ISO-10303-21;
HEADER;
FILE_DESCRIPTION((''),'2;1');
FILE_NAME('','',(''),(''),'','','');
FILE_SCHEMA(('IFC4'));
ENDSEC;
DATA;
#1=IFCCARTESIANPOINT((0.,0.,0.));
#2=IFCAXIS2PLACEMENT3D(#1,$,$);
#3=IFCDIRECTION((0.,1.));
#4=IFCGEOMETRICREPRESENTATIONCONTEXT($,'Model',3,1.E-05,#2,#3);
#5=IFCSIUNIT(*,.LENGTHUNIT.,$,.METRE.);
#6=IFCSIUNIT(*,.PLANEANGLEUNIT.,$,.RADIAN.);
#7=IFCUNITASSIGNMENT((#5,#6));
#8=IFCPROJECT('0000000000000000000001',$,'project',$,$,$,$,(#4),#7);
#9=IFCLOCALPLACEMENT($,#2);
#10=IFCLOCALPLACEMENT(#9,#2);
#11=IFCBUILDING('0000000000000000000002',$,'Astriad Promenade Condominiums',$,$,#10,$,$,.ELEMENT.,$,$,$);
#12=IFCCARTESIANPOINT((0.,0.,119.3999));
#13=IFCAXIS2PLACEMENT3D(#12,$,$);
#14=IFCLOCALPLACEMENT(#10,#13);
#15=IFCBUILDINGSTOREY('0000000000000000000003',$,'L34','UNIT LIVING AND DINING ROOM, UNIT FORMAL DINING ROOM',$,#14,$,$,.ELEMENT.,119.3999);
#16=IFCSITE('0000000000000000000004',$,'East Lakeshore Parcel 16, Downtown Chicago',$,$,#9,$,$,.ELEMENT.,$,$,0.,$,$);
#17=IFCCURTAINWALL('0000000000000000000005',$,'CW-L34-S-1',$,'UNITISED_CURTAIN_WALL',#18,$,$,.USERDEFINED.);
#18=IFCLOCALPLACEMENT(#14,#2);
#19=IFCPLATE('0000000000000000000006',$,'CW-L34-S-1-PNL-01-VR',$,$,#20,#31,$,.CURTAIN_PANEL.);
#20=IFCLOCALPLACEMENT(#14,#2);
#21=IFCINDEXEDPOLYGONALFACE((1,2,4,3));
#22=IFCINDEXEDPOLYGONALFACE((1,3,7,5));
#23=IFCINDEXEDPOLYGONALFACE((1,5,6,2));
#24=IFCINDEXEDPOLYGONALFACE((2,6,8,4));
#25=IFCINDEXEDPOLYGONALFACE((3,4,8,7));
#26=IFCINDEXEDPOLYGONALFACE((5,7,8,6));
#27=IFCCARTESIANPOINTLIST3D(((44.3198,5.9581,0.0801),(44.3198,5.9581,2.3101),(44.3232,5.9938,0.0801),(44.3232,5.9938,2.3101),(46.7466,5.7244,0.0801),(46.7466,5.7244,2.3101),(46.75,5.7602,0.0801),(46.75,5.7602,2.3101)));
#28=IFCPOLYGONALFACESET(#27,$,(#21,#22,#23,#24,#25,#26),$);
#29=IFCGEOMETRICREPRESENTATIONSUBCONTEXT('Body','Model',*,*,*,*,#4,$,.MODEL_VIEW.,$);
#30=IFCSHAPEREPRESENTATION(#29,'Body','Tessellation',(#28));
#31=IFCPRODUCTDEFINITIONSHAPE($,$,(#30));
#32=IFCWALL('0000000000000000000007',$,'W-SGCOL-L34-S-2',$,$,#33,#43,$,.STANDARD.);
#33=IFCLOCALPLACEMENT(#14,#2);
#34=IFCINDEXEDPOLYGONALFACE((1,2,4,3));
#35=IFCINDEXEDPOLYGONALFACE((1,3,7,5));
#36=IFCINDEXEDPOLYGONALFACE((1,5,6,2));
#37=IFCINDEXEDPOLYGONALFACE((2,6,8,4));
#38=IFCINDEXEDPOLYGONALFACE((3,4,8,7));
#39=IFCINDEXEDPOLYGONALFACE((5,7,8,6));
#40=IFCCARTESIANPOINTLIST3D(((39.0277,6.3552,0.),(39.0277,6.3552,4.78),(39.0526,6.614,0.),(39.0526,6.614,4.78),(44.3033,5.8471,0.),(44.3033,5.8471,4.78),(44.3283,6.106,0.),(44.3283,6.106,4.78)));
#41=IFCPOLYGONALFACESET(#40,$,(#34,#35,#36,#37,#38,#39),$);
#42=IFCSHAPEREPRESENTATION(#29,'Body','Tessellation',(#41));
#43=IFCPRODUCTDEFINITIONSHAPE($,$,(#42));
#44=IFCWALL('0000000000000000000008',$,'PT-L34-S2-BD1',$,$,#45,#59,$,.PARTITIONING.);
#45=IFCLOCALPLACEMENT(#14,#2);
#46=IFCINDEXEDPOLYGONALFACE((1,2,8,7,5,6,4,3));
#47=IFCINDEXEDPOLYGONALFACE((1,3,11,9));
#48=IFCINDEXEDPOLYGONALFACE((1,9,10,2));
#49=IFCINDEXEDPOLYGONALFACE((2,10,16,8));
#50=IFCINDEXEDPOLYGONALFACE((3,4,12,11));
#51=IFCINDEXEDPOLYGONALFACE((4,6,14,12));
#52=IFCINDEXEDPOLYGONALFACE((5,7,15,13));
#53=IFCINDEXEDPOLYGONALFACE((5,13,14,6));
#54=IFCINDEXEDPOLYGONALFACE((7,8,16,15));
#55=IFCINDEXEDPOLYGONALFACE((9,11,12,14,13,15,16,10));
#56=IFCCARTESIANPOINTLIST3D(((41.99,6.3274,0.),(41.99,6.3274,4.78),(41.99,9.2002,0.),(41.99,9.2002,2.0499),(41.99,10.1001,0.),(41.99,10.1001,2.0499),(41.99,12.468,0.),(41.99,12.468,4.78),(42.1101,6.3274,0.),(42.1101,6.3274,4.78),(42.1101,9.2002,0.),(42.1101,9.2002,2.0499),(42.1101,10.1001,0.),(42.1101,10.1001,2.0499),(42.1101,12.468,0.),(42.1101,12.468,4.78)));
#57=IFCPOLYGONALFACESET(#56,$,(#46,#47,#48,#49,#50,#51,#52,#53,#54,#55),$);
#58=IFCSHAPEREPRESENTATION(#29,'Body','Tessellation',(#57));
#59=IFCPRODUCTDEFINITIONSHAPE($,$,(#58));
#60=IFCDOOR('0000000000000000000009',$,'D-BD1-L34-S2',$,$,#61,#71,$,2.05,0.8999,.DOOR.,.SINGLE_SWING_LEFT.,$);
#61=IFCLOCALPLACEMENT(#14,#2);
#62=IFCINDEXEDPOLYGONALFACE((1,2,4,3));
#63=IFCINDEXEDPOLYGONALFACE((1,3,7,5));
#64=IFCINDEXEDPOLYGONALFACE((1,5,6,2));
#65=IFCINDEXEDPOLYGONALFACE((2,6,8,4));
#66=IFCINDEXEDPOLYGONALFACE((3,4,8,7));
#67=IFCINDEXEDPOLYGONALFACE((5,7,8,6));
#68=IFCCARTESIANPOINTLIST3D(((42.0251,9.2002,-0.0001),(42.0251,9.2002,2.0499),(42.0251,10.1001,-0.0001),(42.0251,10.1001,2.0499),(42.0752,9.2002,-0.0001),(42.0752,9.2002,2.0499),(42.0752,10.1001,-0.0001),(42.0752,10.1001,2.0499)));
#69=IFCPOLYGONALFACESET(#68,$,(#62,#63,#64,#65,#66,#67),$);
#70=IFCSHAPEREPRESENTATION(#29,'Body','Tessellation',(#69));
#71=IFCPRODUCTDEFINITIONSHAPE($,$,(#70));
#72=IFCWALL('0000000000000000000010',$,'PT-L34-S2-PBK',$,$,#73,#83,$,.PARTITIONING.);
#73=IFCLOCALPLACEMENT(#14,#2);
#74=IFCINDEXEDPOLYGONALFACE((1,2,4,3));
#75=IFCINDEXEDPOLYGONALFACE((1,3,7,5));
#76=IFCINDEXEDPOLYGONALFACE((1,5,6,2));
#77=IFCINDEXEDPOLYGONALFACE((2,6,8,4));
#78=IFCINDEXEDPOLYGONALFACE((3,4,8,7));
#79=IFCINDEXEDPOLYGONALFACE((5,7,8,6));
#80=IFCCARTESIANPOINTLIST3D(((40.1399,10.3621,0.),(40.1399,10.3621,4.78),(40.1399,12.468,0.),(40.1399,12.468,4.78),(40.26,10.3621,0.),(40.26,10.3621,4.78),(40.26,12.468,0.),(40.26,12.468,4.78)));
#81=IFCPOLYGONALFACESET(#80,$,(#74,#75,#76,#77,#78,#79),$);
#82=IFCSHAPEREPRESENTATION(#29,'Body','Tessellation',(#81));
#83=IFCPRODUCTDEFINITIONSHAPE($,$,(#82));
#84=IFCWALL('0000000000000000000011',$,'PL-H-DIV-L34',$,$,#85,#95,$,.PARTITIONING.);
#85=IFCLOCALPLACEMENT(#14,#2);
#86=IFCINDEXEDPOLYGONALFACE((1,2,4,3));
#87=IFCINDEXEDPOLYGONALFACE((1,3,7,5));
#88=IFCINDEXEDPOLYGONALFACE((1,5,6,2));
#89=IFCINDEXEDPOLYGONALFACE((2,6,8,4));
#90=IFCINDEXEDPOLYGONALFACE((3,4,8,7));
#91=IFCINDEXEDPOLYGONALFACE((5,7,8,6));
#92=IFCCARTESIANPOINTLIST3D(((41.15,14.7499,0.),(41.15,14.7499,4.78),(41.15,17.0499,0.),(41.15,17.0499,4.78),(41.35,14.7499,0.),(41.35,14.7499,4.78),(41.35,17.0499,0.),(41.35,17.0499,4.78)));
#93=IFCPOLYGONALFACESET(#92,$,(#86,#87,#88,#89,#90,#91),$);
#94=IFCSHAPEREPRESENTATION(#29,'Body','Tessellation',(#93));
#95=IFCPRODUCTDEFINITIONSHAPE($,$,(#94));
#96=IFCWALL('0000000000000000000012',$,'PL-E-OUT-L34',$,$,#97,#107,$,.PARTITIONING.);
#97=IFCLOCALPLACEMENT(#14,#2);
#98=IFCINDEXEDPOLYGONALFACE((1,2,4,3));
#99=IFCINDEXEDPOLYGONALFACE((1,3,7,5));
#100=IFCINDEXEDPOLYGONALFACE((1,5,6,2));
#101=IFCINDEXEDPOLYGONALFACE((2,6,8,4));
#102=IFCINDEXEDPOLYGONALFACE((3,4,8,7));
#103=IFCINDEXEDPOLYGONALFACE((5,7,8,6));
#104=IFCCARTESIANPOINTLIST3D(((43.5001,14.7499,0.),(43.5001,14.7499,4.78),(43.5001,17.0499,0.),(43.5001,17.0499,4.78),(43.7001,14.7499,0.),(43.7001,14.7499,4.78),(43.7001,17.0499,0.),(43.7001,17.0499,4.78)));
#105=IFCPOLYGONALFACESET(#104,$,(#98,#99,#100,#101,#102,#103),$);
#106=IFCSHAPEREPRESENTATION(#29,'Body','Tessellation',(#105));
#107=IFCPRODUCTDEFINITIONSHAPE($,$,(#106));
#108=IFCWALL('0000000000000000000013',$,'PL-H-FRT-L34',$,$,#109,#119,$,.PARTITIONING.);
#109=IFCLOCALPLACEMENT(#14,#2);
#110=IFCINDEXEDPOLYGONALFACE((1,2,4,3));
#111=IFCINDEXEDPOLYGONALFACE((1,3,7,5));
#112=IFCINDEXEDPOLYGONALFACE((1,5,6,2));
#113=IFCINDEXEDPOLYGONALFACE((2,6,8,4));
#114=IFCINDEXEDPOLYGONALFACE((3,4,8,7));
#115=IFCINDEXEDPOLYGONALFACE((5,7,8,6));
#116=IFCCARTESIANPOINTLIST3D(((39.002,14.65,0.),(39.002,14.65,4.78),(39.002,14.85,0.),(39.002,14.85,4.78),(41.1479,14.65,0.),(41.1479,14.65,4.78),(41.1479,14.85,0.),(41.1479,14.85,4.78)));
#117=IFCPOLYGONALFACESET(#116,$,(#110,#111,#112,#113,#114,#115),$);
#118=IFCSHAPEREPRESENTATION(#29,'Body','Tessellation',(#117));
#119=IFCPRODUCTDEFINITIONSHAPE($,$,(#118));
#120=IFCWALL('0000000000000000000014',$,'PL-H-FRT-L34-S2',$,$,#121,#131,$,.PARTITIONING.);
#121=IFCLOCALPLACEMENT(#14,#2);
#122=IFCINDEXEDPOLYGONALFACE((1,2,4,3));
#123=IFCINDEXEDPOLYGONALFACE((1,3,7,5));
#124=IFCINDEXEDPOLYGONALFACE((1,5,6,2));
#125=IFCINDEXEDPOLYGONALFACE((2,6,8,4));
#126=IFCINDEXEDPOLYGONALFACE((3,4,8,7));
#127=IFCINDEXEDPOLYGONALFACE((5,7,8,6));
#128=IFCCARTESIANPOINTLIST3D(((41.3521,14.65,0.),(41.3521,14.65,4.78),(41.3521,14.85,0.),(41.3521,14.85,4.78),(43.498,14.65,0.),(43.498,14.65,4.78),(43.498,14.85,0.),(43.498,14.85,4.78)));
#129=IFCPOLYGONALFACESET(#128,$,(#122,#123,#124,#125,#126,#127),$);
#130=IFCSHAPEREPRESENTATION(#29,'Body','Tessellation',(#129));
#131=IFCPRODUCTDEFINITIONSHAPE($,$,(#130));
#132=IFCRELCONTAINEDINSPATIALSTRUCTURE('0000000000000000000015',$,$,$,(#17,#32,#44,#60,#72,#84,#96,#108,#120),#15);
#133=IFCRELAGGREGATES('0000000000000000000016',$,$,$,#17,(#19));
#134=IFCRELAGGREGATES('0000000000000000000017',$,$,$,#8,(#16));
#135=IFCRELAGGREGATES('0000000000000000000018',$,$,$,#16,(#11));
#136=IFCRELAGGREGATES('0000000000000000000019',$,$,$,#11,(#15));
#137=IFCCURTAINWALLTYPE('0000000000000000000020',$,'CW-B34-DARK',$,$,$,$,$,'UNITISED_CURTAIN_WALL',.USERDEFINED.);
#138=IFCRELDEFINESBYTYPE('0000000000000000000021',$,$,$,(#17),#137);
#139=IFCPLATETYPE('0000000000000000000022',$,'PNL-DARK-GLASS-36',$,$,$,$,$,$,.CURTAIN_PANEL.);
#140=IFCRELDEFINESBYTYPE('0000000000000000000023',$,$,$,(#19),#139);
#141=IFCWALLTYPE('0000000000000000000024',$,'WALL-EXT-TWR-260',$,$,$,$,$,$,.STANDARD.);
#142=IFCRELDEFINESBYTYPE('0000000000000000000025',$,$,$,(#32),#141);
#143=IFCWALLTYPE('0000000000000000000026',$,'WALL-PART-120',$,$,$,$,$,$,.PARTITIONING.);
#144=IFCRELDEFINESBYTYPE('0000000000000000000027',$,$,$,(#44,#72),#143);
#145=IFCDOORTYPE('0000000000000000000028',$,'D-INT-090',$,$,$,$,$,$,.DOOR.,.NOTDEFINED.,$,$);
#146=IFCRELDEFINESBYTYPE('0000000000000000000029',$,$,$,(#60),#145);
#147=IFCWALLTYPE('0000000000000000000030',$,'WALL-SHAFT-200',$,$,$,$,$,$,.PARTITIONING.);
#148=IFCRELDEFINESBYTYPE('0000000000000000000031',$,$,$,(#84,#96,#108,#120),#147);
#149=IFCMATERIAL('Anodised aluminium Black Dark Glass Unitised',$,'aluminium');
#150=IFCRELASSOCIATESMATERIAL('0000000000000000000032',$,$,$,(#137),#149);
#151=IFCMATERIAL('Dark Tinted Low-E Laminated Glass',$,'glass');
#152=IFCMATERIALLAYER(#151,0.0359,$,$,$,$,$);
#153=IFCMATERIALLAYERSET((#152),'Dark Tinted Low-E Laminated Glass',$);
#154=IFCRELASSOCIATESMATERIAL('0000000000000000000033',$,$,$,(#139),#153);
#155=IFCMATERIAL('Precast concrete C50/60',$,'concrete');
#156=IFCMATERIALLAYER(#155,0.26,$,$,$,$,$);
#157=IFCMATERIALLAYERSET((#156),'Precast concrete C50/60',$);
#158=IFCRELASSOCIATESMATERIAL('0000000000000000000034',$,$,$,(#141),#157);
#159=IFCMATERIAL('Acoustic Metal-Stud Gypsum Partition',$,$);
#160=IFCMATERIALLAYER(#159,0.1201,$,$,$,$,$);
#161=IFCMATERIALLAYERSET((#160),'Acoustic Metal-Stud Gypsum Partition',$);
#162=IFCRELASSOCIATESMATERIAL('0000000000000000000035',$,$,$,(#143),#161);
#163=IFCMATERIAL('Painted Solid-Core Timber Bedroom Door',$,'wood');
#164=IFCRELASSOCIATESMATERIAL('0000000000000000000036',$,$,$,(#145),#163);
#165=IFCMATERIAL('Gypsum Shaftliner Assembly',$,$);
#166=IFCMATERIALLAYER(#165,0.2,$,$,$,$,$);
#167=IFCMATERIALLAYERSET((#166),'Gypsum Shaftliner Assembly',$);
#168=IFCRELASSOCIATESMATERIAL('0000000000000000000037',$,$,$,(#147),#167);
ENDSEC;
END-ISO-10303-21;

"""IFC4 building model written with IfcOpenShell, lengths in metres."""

from ifc_helpers import new_model, si_unit, direction, frame, frame_2d, origin, origin_2d, place, context, subcontext, project, spatial, rectangle, extrude, source, transform, mapped, material, layer, layer_set, type_object, type_shapes, element, fill, aggregate, save


model = new_model("IFC4")

# Units and contexts
model_context = context("Model", 3, precision=1e-05, world=origin(), true_north=direction((0.0, 1.0)))
body_context = subcontext(model_context, "Body", "Model", "MODEL_VIEW")
ifc_project = project(units=[si_unit("LENGTHUNIT", "METRE"), si_unit("PLANEANGLEUNIT", "RADIAN")], contexts=[model_context])

# Site, building, storey
site_placement = place(None, origin())
site = spatial("IfcSite", under=ifc_project, at=site_placement, Name="East Lakeshore Parcel 16, Downtown Chicago", CompositionType="ELEMENT", RefElevation=0.0)
building_placement = place(site_placement, origin())
building = spatial("IfcBuilding", under=site, at=building_placement, Name="Astriad Promenade Condominiums", CompositionType="ELEMENT")
storey_placement = place(building_placement, frame((0.0, 0.0, 119.3999)))
storey = spatial("IfcBuildingStorey", under=building, at=storey_placement, Name="L34", Description="UNIT LIVING AND DINING ROOM, UNIT FORMAL DINING ROOM", CompositionType="ELEMENT", Elevation=119.3999)

# Curtain wall
ifc_material_1 = material(Name="Anodised aluminium Black Dark Glass Unitised", Category="aluminium")
curtain_wall_type = type_object("IfcCurtainWallType", Name="CW-B34-DARK", ElementType="UNITISED_CURTAIN_WALL", PredefinedType="USERDEFINED", material=ifc_material_1)
curtain_wall_1_placement = place(storey_placement, origin())
curtain_wall_1 = element("IfcCurtainWall", 1, at=curtain_wall_1_placement, inside=storey, type_object=curtain_wall_type, Name="CW-L34-S-1", ObjectType="UNITISED_CURTAIN_WALL", PredefinedType="USERDEFINED")

# Plate
ifc_material_2 = material(Name="Dark Tinted Low-E Laminated Glass", Category="glass")
ifc_layer_1 = layer(ifc_material_2, 0.0359)
ifc_layer_set_1 = layer_set([ifc_layer_1], Name="Dark Tinted Low-E Laminated Glass")
plate_type_1 = type_object("IfcPlateType", Name="PNL-DARK-GLASS-36", PredefinedType="CURTAIN_PANEL", material=ifc_layer_set_1)
shared_shape_1 = source(origin(), body_context, "Body", "SweptSolid", [
    extrude(rectangle(XDim=2.438, YDim=0.0359, at=origin_2d()), origin(), (0.0, 0.0, 1.0), 2.23),
])
type_shapes(plate_type_1, [shared_shape_1])
plate_placement = place(storey_placement, frame((45.5349, 5.8591, 0.0801), z_axis=(0.0, 0.0, 1.0), x_axis=(-0.995396, 0.095846, 0.0)))
plate = element("IfcPlate", 2, at=plate_placement, type_object=plate_type_1, Name="CW-L34-S-1-PNL-01-VR", PredefinedType="CURTAIN_PANEL", context=body_context, shape_type="MappedRepresentation", body=[
    mapped(shared_shape_1, transform((0.0, 0.0, 0.0), scale=1.0)),
])
aggregate(curtain_wall_1, [plate])

# Wall
ifc_material_3 = material(Name="Precast concrete C50/60", Category="concrete")
ifc_layer_2 = layer(ifc_material_3, 0.26)
ifc_layer_set_2 = layer_set([ifc_layer_2], Name="Precast concrete C50/60")
wall_type_1 = type_object("IfcWallType", Name="WALL-EXT-TWR-260", PredefinedType="STANDARD", material=ifc_layer_set_2)
wall_1_placement = place(storey_placement, frame((44.3157, 5.9766, 0.0), z_axis=(0.0, 0.0, 1.0), x_axis=(-0.995395, 0.095859, 0.0)))
element("IfcWall", 3, at=wall_1_placement, inside=storey, type_object=wall_type_1, Name="W-SGCOL-L34-S-2", PredefinedType="STANDARD", context=body_context, shape_type="SweptSolid", body=[
    extrude(rectangle(XDim=5.3, YDim=0.26, at=frame_2d((2.6499, 0.0))), origin(), (0.0, 0.0, 1.0), 4.78),
])

# Wall, opening, door
ifc_material_4 = material(Name="Acoustic Metal-Stud Gypsum Partition")
ifc_layer_3 = layer(ifc_material_4, 0.1201)
ifc_layer_set_3 = layer_set([ifc_layer_3], Name="Acoustic Metal-Stud Gypsum Partition")
wall_type_2 = type_object("IfcWallType", Name="WALL-PART-120", PredefinedType="PARTITIONING", material=ifc_layer_set_3)
wall_2_placement = place(storey_placement, frame((42.05, 6.3274, 0.0), z_axis=(0.0, 0.0, 1.0), x_axis=(0.0, 1.0, 0.0)))
wall_2 = element("IfcWall", 4, at=wall_2_placement, inside=storey, type_object=wall_type_2, Name="PT-L34-S2-BD1", PredefinedType="PARTITIONING", context=body_context, shape_type="SweptSolid", body=[
    extrude(rectangle(XDim=6.1406, YDim=0.1201, at=frame_2d((3.0703, 0.0))), origin(), (0.0, 0.0, 1.0), 4.78),
])
opening_placement = place(wall_2_placement, frame((2.8728, 0.0, 0.0)))
opening = element("IfcOpeningElement", 5, at=opening_placement, cuts=wall_2, PredefinedType="OPENING", context=body_context, shape_type="SweptSolid", body=[
    extrude(rectangle(XDim=0.8999, YDim=2.05, at=frame_2d((0.45, 1.0249))), frame((0.0, 0.0701, 0.0), z_axis=(0.0, -1.0, 0.0), x_axis=(1.0, 0.0, 0.0)), (0.0, 0.0, 1.0), 0.1401),
])
ifc_material_5 = material(Name="Painted Solid-Core Timber Bedroom Door", Category="wood")
door_type = type_object("IfcDoorType", Name="D-INT-090", OperationType="NOTDEFINED", PredefinedType="DOOR", material=ifc_material_5)
shared_shape_2 = source(origin(), body_context, "Body", "SweptSolid", [
    extrude(rectangle(XDim=0.8999, YDim=2.05, at=frame_2d((0.45, 1.0249))), frame((0.0, 0.0249, 0.0), z_axis=(0.0, -1.0, 0.0), x_axis=(1.0, 0.0, 0.0)), (0.0, 0.0, 1.0), 0.05),
])
type_shapes(door_type, [shared_shape_2])
door_placement = place(opening_placement, origin())
door = element("IfcDoor", 6, at=door_placement, inside=storey, type_object=door_type, Name="D-BD1-L34-S2", OperationType="SINGLE_SWING_LEFT", OverallHeight=2.05, OverallWidth=0.8999, PredefinedType="DOOR", context=body_context, shape_type="MappedRepresentation", body=[
    mapped(shared_shape_2, transform((0.0, 0.0, 0.0), scale=1.0)),
])
fill(opening, door)

# Walls
wall_3_placement = place(storey_placement, frame((40.2, 10.3621, 0.0), z_axis=(0.0, 0.0, 1.0), x_axis=(0.0, 1.0, 0.0)))
element("IfcWall", 7, at=wall_3_placement, inside=storey, type_object=wall_type_2, Name="PT-L34-S2-PBK", PredefinedType="PARTITIONING", context=body_context, shape_type="SweptSolid", body=[
    extrude(rectangle(XDim=2.106, YDim=0.1201, at=frame_2d((1.053, 0.0))), origin(), (0.0, 0.0, 1.0), 4.78),
])
ifc_material_6 = material(Name="Gypsum Shaftliner Assembly")
ifc_layer_4 = layer(ifc_material_6, 0.2)
ifc_layer_set_4 = layer_set([ifc_layer_4], Name="Gypsum Shaftliner Assembly")
wall_type_3 = type_object("IfcWallType", Name="WALL-SHAFT-200", PredefinedType="PARTITIONING", material=ifc_layer_set_4)
for number, where, z_axis, x_axis, name in (
    (8, (41.25, 14.75, 0.0), (0.0, 0.0, 1.0), (0.0, 1.0, 0.0), "PL-H-DIV-L34"),
    (9, (43.6001, 14.75, 0.0), (0.0, 0.0, 1.0), (0.0, 1.0, 0.0), "PL-E-OUT-L34"),
):
    element("IfcWall", number, at=place(storey_placement, frame(where, z_axis=z_axis, x_axis=x_axis)), inside=storey, type_object=wall_type_3, Name=name, PredefinedType="PARTITIONING", context=body_context, shape_type="SweptSolid", body=[
        extrude(rectangle(XDim=2.3, YDim=0.2, at=frame_2d((1.1499, 0.0))), origin(), (0.0, 0.0, 1.0), 4.78),
    ])
for number, where, z_axis, x_axis, name in (
    (10, (39.002, 14.75, 0.0), (0.0, 0.0, 1.0), (1.0, 0.0, 0.0), "PL-H-FRT-L34"),
    (11, (41.3521, 14.75, 0.0), (0.0, 0.0, 1.0), (1.0, 0.0, 0.0), "PL-H-FRT-L34-S2"),
):
    element("IfcWall", number, at=place(storey_placement, frame(where, z_axis=z_axis, x_axis=x_axis)), inside=storey, type_object=wall_type_3, Name=name, PredefinedType="PARTITIONING", context=body_context, shape_type="SweptSolid", body=[
        extrude(rectangle(XDim=2.146, YDim=0.2, at=frame_2d((1.073, 0.0))), origin(), (0.0, 0.0, 1.0), 4.78),
    ])

save(model, "model.ifc")
